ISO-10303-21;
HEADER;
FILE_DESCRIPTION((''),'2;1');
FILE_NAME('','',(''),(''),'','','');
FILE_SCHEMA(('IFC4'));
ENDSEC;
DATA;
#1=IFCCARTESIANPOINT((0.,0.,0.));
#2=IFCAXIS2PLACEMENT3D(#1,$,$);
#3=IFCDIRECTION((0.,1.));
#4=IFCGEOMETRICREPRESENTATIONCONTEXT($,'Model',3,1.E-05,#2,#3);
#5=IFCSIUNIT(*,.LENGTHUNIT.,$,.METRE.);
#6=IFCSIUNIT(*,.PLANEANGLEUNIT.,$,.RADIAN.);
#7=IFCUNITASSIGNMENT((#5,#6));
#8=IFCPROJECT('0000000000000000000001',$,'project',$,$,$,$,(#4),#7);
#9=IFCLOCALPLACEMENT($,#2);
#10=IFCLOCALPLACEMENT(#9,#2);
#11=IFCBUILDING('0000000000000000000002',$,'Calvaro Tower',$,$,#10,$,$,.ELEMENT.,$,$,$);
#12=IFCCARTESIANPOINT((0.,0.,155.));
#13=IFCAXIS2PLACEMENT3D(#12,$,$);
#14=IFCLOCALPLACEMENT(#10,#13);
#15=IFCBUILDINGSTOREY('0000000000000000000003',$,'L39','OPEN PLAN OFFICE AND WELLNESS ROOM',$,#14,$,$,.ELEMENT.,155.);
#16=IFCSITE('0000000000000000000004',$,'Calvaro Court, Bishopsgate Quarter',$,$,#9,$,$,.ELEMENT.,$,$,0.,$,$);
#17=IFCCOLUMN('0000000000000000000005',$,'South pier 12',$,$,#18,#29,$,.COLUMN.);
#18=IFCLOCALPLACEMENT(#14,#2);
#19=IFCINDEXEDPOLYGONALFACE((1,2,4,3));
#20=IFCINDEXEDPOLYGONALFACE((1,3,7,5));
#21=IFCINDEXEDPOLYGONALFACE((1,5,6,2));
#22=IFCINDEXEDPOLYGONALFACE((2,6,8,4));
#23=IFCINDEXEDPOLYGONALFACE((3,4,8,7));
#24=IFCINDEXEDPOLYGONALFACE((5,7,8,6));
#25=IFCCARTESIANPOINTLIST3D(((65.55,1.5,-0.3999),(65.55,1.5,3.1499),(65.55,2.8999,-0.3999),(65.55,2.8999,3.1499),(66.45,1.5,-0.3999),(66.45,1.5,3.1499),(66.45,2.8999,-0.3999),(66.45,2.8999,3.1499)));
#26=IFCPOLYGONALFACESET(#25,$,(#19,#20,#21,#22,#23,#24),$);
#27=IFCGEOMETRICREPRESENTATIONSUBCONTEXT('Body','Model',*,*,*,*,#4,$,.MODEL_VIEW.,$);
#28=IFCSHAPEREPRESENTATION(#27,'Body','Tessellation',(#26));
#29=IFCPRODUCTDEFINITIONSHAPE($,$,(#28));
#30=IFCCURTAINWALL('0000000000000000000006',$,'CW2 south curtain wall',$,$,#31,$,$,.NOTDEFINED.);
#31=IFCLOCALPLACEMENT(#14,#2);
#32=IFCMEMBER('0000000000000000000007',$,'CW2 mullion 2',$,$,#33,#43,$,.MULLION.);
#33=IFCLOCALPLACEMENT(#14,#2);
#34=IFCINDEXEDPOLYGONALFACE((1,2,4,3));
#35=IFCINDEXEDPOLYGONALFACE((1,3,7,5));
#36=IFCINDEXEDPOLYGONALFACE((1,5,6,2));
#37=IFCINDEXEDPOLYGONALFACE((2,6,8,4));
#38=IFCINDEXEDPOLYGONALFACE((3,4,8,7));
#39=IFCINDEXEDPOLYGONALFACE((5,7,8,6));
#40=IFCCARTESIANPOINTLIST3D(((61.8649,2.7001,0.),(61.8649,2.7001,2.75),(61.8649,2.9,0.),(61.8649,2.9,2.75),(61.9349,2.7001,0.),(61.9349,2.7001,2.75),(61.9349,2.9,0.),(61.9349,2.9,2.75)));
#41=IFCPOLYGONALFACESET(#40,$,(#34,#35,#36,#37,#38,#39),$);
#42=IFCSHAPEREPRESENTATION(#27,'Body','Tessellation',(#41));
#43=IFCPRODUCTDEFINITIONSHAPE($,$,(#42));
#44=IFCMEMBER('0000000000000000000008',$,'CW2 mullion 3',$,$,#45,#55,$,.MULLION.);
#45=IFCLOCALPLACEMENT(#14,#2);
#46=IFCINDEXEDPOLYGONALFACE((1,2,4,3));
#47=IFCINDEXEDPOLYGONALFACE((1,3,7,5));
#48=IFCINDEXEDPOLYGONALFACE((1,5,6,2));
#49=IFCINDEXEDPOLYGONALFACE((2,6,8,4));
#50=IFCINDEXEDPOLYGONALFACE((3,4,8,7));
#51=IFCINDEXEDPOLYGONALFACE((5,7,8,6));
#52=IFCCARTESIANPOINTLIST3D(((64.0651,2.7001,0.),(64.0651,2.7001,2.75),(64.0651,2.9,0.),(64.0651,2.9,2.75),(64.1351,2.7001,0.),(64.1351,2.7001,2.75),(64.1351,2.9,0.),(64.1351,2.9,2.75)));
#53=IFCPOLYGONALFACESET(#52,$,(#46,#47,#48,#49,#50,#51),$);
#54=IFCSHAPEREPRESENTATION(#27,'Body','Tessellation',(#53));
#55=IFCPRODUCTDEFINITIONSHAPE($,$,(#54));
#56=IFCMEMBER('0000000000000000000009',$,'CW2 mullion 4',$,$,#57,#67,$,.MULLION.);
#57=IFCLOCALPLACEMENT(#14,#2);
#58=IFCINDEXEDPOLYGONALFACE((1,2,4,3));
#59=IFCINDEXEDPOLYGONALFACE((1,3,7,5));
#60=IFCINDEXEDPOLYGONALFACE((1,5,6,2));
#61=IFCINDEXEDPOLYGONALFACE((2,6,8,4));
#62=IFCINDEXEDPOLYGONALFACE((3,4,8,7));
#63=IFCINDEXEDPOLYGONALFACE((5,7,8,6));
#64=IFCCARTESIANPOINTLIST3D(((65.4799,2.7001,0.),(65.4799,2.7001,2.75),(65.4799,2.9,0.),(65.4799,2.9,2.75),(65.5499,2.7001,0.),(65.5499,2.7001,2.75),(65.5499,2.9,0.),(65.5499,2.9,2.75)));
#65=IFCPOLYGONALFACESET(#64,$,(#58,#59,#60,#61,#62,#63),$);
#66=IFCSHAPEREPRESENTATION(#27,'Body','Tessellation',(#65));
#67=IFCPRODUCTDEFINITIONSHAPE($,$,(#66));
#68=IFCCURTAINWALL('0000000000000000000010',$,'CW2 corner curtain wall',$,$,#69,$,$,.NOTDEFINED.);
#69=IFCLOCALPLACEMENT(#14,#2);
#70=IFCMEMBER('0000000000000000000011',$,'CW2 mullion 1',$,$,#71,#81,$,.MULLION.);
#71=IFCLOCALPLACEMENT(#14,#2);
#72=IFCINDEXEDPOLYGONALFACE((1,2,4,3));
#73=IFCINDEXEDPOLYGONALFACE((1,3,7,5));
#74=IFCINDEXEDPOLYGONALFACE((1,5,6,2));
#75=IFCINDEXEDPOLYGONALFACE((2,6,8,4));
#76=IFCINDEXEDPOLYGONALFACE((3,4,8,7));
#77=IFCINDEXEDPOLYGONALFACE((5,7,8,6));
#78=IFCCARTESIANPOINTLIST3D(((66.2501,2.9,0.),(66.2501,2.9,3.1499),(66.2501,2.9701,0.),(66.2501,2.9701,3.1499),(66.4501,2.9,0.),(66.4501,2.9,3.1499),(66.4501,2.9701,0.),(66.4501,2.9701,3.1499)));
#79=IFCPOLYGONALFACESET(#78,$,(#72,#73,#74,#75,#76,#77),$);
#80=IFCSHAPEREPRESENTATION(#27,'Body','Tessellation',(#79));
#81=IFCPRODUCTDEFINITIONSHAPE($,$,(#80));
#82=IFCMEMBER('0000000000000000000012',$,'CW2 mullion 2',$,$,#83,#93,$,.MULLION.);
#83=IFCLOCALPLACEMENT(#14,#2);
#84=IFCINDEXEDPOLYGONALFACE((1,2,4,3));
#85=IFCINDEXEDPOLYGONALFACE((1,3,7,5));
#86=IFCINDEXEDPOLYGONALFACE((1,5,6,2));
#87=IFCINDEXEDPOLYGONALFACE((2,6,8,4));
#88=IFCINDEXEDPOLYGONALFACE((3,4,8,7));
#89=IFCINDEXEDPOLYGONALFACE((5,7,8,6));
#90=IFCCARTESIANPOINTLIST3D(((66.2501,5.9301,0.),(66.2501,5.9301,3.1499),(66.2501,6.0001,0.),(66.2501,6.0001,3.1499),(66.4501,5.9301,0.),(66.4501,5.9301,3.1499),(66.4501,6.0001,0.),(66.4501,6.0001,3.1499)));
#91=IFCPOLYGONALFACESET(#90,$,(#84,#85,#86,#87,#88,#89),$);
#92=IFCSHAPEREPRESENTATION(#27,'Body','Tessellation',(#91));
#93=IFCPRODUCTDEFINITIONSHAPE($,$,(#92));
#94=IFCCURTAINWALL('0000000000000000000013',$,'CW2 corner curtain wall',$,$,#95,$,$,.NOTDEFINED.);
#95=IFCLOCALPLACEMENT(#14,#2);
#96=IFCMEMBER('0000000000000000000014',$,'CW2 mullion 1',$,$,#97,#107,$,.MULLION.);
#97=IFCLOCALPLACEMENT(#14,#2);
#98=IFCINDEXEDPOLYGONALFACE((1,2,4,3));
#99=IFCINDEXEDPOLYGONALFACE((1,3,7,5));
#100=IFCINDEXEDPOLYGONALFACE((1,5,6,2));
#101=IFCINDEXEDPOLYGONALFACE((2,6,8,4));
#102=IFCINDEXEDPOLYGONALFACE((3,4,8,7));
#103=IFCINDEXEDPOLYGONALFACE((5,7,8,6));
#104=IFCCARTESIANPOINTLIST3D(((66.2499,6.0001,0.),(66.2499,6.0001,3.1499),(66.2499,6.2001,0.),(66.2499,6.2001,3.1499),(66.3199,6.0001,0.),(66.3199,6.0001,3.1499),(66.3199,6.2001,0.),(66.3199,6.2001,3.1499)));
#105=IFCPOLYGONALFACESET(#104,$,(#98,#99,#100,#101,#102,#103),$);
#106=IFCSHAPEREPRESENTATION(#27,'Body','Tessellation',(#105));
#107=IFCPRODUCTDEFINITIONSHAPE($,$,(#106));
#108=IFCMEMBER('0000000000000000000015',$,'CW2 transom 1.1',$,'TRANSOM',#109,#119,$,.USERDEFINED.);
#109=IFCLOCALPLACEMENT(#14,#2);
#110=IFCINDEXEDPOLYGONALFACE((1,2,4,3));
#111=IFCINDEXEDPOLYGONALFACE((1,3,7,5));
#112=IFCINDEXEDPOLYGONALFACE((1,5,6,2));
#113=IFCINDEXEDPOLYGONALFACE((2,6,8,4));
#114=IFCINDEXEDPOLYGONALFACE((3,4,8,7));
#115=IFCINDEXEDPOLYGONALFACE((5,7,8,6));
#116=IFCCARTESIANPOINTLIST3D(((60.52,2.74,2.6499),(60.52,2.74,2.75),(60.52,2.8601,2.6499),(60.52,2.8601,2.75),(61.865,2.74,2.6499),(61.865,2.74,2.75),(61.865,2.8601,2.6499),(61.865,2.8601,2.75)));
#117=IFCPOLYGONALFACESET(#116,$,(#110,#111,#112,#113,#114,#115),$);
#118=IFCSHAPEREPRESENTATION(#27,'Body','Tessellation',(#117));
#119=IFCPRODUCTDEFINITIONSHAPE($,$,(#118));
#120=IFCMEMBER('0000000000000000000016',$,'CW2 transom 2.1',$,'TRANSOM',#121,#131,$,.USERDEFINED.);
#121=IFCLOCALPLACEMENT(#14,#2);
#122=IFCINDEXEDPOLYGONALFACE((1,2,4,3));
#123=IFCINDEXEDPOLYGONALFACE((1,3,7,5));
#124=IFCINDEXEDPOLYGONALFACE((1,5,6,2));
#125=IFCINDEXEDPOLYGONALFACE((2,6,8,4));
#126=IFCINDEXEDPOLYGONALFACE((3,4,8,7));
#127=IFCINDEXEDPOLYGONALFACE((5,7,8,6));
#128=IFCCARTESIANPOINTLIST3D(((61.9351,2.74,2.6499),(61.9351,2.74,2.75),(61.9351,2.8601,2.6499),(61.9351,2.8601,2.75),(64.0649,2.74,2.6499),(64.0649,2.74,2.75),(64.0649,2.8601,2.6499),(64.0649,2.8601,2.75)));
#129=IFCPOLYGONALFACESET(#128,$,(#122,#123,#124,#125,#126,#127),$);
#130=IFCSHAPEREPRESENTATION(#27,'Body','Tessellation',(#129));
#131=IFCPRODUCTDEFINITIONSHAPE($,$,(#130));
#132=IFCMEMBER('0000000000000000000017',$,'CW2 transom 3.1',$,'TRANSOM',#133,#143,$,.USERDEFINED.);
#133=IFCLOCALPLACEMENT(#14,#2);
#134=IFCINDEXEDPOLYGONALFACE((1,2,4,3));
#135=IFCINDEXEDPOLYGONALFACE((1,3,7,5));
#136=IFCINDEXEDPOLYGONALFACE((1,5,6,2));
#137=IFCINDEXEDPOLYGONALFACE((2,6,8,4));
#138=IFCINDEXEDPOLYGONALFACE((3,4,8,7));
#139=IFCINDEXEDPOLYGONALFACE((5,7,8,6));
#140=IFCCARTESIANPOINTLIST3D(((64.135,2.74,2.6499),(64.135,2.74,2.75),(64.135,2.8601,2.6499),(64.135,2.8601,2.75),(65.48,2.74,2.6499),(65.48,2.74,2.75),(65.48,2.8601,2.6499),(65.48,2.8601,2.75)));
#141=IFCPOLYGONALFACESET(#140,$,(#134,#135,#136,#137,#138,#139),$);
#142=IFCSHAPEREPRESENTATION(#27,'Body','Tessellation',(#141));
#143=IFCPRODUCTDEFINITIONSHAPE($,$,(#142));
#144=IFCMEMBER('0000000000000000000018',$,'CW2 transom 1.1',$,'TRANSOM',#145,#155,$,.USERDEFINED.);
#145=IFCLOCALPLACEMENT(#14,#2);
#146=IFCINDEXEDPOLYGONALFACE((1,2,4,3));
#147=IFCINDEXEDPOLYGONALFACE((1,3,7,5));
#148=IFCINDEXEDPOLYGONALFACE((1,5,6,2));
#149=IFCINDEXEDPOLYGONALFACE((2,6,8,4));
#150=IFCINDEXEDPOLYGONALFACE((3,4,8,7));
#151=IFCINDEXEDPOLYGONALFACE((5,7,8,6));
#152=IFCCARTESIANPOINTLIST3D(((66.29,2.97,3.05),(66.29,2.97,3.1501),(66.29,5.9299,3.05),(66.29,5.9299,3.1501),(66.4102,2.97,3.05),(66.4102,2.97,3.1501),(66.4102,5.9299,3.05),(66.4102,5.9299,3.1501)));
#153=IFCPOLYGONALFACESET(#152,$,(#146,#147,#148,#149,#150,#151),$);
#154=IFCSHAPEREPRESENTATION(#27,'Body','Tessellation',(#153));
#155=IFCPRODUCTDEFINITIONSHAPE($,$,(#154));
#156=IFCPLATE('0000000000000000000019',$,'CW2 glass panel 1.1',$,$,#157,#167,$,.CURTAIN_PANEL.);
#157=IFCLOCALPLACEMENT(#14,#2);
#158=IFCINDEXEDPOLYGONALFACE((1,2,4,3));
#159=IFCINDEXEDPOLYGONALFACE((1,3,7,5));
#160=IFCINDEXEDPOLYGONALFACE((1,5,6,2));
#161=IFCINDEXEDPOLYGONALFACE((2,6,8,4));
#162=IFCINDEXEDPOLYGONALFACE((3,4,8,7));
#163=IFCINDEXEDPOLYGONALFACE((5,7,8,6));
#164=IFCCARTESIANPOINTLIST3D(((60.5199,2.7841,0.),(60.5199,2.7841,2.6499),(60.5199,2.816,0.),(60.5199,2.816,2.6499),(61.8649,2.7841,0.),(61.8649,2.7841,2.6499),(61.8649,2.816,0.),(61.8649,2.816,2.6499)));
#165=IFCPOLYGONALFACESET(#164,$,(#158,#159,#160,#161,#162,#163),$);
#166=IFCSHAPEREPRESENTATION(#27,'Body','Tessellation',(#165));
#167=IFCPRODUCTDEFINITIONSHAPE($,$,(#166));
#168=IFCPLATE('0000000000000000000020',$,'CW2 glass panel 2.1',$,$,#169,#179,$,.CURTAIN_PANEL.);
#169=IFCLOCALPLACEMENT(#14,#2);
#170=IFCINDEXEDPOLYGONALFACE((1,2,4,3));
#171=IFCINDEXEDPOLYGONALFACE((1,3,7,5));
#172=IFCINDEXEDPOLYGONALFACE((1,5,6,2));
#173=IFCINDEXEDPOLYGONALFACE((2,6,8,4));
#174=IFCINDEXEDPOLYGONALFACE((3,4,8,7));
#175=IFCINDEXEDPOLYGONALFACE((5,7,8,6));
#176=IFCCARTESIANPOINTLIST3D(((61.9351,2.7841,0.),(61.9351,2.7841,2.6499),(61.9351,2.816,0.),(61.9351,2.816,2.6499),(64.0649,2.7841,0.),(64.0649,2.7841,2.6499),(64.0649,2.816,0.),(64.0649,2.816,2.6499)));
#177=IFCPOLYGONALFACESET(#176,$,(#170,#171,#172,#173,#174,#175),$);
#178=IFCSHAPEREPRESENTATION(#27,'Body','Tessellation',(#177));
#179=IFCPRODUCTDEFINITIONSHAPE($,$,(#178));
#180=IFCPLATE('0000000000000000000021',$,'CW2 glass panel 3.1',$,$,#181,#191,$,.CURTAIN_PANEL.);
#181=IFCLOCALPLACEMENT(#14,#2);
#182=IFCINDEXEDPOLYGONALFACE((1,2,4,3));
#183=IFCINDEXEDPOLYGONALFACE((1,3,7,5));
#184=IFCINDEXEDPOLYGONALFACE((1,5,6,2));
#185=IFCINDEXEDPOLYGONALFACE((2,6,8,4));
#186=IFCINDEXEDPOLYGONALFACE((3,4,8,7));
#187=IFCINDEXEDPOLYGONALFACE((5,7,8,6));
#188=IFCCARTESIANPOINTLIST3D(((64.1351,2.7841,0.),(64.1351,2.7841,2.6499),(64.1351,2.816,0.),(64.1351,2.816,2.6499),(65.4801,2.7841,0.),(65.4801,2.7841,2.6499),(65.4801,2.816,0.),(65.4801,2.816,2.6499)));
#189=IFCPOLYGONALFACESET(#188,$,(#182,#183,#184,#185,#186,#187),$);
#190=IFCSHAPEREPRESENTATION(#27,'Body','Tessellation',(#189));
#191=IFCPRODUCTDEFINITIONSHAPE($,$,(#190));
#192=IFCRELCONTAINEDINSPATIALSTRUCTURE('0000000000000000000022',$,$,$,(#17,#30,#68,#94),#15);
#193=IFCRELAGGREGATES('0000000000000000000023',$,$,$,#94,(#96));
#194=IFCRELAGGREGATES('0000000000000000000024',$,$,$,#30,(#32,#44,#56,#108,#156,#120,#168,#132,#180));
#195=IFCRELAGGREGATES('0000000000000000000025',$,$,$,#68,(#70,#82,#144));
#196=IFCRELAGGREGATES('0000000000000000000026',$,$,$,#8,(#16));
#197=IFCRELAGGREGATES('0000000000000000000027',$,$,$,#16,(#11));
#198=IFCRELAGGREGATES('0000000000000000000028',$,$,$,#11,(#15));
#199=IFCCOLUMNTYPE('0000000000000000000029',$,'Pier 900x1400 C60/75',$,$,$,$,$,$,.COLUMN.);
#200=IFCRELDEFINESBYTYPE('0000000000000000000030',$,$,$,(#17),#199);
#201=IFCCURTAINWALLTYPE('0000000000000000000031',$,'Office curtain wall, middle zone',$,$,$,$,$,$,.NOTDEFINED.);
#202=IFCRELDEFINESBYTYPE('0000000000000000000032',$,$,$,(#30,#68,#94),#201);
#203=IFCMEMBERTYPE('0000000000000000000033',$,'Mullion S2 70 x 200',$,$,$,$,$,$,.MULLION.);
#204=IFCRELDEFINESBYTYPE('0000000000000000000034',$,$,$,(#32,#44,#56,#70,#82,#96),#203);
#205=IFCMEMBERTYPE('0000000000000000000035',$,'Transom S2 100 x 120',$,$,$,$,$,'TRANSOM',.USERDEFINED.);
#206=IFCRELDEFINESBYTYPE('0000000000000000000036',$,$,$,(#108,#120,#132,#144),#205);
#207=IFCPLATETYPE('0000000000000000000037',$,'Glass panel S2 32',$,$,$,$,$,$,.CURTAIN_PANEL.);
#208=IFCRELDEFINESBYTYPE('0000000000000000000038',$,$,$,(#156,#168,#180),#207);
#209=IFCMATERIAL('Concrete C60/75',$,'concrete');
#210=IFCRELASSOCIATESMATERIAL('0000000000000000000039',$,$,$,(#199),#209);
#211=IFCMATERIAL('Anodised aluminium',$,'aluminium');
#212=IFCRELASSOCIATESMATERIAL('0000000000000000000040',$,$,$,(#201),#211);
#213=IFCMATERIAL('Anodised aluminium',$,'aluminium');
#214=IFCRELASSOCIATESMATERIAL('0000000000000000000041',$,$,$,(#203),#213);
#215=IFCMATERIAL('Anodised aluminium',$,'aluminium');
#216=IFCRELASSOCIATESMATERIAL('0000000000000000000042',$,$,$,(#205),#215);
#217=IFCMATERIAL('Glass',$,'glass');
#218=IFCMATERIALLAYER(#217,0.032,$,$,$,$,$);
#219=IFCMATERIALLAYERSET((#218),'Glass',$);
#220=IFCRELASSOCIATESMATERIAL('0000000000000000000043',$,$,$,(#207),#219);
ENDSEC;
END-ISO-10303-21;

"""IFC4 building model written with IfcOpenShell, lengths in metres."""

from ifc_helpers import new_model, si_unit, direction, frame, origin, origin_2d, place, context, subcontext, project, spatial, rectangle, extrude, material, layer, layer_set, material_profile, profile_set, type_object, element, aggregate, save


model = new_model("IFC4")

# Units and contexts
model_context = context("Model", 3, precision=1e-05, world=origin(), true_north=direction((0.0, 1.0)))
body_context = subcontext(model_context, "Body", "Model", "MODEL_VIEW")
ifc_project = project(units=[si_unit("LENGTHUNIT", "METRE"), si_unit("PLANEANGLEUNIT", "RADIAN")], contexts=[model_context])

# Site, building, storey
site_placement = place(None, origin())
site = spatial("IfcSite", under=ifc_project, at=site_placement, Name="Calvaro Court, Bishopsgate Quarter", CompositionType="ELEMENT", RefElevation=0.0)
building_placement = place(site_placement, origin())
building = spatial("IfcBuilding", under=site, at=building_placement, Name="Calvaro Tower", CompositionType="ELEMENT")
storey_placement = place(building_placement, frame((0.0, 0.0, 155.0)))
storey = spatial("IfcBuildingStorey", under=building, at=storey_placement, Name="L39", Description="OPEN PLAN OFFICE AND WELLNESS ROOM", CompositionType="ELEMENT", Elevation=155.0)

# Column
ifc_material_1 = material(Name="Concrete C60/75", Category="concrete")
ifc_material_profile_1 = material_profile(ifc_material_1, rectangle(XDim=0.8999, YDim=1.3999, at=origin_2d()), Name="RC 900x1400")
ifc_profile_set_1 = profile_set([ifc_material_profile_1], Name="Concrete C60/75")
column_type = type_object("IfcColumnType", Name="Pier 900x1400 C60/75", PredefinedType="COLUMN", material=ifc_profile_set_1)
column_placement = place(storey_placement, frame((66.0, 2.2, -0.3999), z_axis=(0.0, 0.0, 1.0), x_axis=(1.0, 0.0, 0.0)))
element("IfcColumn", 1, at=column_placement, inside=storey, type_object=column_type, Name="South pier 12", PredefinedType="COLUMN", context=body_context, shape_type="SweptSolid", body=[
    extrude(rectangle(XDim=0.8999, YDim=1.3999, at=origin_2d()), origin(), (0.0, 0.0, 1.0), 3.5498),
])

# Curtain walls, members
ifc_material_2 = material(Name="Anodised aluminium", Category="aluminium")
curtain_wall_type = type_object("IfcCurtainWallType", Name="Office curtain wall, middle zone", PredefinedType="NOTDEFINED", material=ifc_material_2)
curtain_wall_1_placement = place(storey_placement, origin())
curtain_wall_1 = element("IfcCurtainWall", 2, at=curtain_wall_1_placement, inside=storey, type_object=curtain_wall_type, Name="CW2 south curtain wall", PredefinedType="NOTDEFINED")
ifc_material_3 = material(Name="Anodised aluminium", Category="aluminium")
ifc_material_profile_2 = material_profile(ifc_material_3, rectangle(XDim=0.2, YDim=0.0701, at=origin_2d()), Name="Mullion S2 70 x 200")
ifc_profile_set_2 = profile_set([ifc_material_profile_2], Name="Anodised aluminium")
member_type_1 = type_object("IfcMemberType", Name="Mullion S2 70 x 200", PredefinedType="MULLION", material=ifc_profile_set_2)
member_1_placement = place(storey_placement, frame((61.8999, 2.8, 0.0), z_axis=(0.0, 0.0, 1.0), x_axis=(0.0, 1.0, 0.0)))
member_1 = element("IfcMember", 3, at=member_1_placement, type_object=member_type_1, Name="CW2 mullion 2", PredefinedType="MULLION", context=body_context, shape_type="SweptSolid", body=[
    extrude(rectangle(XDim=0.2, YDim=0.0701, at=origin_2d()), origin(), (0.0, 0.0, 1.0), 2.75),
])
member_2_placement = place(storey_placement, frame((64.1001, 2.8, 0.0), z_axis=(0.0, 0.0, 1.0), x_axis=(0.0, 1.0, 0.0)))
member_2 = element("IfcMember", 4, at=member_2_placement, type_object=member_type_1, Name="CW2 mullion 3", PredefinedType="MULLION", context=body_context, shape_type="SweptSolid", body=[
    extrude(rectangle(XDim=0.2, YDim=0.0701, at=origin_2d()), origin(), (0.0, 0.0, 1.0), 2.75),
])
member_3_placement = place(storey_placement, frame((65.5149, 2.8, 0.0), z_axis=(0.0, 0.0, 1.0), x_axis=(0.0, 1.0, 0.0)))
member_3 = element("IfcMember", 5, at=member_3_placement, type_object=member_type_1, Name="CW2 mullion 4", PredefinedType="MULLION", context=body_context, shape_type="SweptSolid", body=[
    extrude(rectangle(XDim=0.2, YDim=0.0701, at=origin_2d()), origin(), (0.0, 0.0, 1.0), 2.75),
])
curtain_wall_2_placement = place(storey_placement, origin())
curtain_wall_2 = element("IfcCurtainWall", 6, at=curtain_wall_2_placement, inside=storey, type_object=curtain_wall_type, Name="CW2 corner curtain wall", PredefinedType="NOTDEFINED")
member_4_placement = place(storey_placement, frame((66.3501, 2.9351, 0.0), z_axis=(0.0, 0.0, 1.0), x_axis=(-1.0, 0.0, 0.0)))
member_4 = element("IfcMember", 7, at=member_4_placement, type_object=member_type_1, Name="CW2 mullion 1", PredefinedType="MULLION", context=body_context, shape_type="SweptSolid", body=[
    extrude(rectangle(XDim=0.2, YDim=0.0701, at=origin_2d()), origin(), (0.0, 0.0, 1.0), 3.1499),
])
member_5_placement = place(storey_placement, frame((66.3501, 5.9651, 0.0), z_axis=(0.0, 0.0, 1.0), x_axis=(-1.0, 0.0, 0.0)))
member_5 = element("IfcMember", 8, at=member_5_placement, type_object=member_type_1, Name="CW2 mullion 2", PredefinedType="MULLION", context=body_context, shape_type="SweptSolid", body=[
    extrude(rectangle(XDim=0.2, YDim=0.0701, at=origin_2d()), origin(), (0.0, 0.0, 1.0), 3.1499),
])

# Curtain wall, member
curtain_wall_3_placement = place(storey_placement, origin())
curtain_wall_3 = element("IfcCurtainWall", 9, at=curtain_wall_3_placement, inside=storey, type_object=curtain_wall_type, Name="CW2 corner curtain wall", PredefinedType="NOTDEFINED")
member_6_placement = place(storey_placement, frame((66.2849, 6.1001, 0.0), z_axis=(0.0, 0.0, 1.0), x_axis=(0.0, 1.0, 0.0)))
member_6 = element("IfcMember", 10, at=member_6_placement, type_object=member_type_1, Name="CW2 mullion 1", PredefinedType="MULLION", context=body_context, shape_type="SweptSolid", body=[
    extrude(rectangle(XDim=0.2, YDim=0.0701, at=origin_2d()), origin(), (0.0, 0.0, 1.0), 3.1499),
])
aggregate(curtain_wall_3, [member_6])

# Members
ifc_material_4 = material(Name="Anodised aluminium", Category="aluminium")
ifc_material_profile_3 = material_profile(ifc_material_4, rectangle(XDim=0.1201, YDim=0.1001, at=origin_2d()), Name="Transom S2 100 x 120")
ifc_profile_set_3 = profile_set([ifc_material_profile_3], Name="Anodised aluminium")
member_type_2 = type_object("IfcMemberType", Name="Transom S2 100 x 120", ElementType="TRANSOM", PredefinedType="USERDEFINED", material=ifc_profile_set_3)
member_7_placement = place(storey_placement, frame((60.52, 2.8, 2.7), z_axis=(1.0, 0.0, 0.0), x_axis=(0.0, 1.0, 0.0)))
member_7 = element("IfcMember", 11, at=member_7_placement, type_object=member_type_2, Name="CW2 transom 1.1", ObjectType="TRANSOM", PredefinedType="USERDEFINED", context=body_context, shape_type="SweptSolid", body=[
    extrude(rectangle(XDim=0.1201, YDim=0.1001, at=origin_2d()), origin(), (0.0, 0.0, 1.0), 1.345),
])
member_8_placement = place(storey_placement, frame((61.9351, 2.8, 2.7), z_axis=(1.0, 0.0, 0.0), x_axis=(0.0, 1.0, 0.0)))
member_8 = element("IfcMember", 12, at=member_8_placement, type_object=member_type_2, Name="CW2 transom 2.1", ObjectType="TRANSOM", PredefinedType="USERDEFINED", context=body_context, shape_type="SweptSolid", body=[
    extrude(rectangle(XDim=0.1201, YDim=0.1001, at=origin_2d()), origin(), (0.0, 0.0, 1.0), 2.1299),
])
member_9_placement = place(storey_placement, frame((64.135, 2.8, 2.7), z_axis=(1.0, 0.0, 0.0), x_axis=(0.0, 1.0, 0.0)))
member_9 = element("IfcMember", 13, at=member_9_placement, type_object=member_type_2, Name="CW2 transom 3.1", ObjectType="TRANSOM", PredefinedType="USERDEFINED", context=body_context, shape_type="SweptSolid", body=[
    extrude(rectangle(XDim=0.1201, YDim=0.1001, at=origin_2d()), origin(), (0.0, 0.0, 1.0), 1.345),
])
member_10_placement = place(storey_placement, frame((66.3501, 2.97, 3.1001), z_axis=(0.0, 1.0, 0.0), x_axis=(-1.0, 0.0, 0.0)))
member_10 = element("IfcMember", 14, at=member_10_placement, type_object=member_type_2, Name="CW2 transom 1.1", ObjectType="TRANSOM", PredefinedType="USERDEFINED", context=body_context, shape_type="SweptSolid", body=[
    extrude(rectangle(XDim=0.1201, YDim=0.1001, at=origin_2d()), origin(), (0.0, 0.0, 1.0), 2.96),
])

# Plates
ifc_material_5 = material(Name="Glass", Category="glass")
ifc_layer_1 = layer(ifc_material_5, 0.032)
ifc_layer_set_1 = layer_set([ifc_layer_1], Name="Glass")
plate_type = type_object("IfcPlateType", Name="Glass panel S2 32", PredefinedType="CURTAIN_PANEL", material=ifc_layer_set_1)
plate_1_placement = place(storey_placement, frame((61.1924, 2.8, 0.0), z_axis=(0.0, 0.0, 1.0), x_axis=(1.0, 0.0, 0.0)))
plate_1 = element("IfcPlate", 15, at=plate_1_placement, type_object=plate_type, Name="CW2 glass panel 1.1", PredefinedType="CURTAIN_PANEL", context=body_context, shape_type="SweptSolid", body=[
    extrude(rectangle(XDim=1.345, YDim=0.032, at=origin_2d()), origin(), (0.0, 0.0, 1.0), 2.6499),
])
plate_2_placement = place(storey_placement, frame((63.0, 2.8, 0.0), z_axis=(0.0, 0.0, 1.0), x_axis=(1.0, 0.0, 0.0)))
plate_2 = element("IfcPlate", 16, at=plate_2_placement, type_object=plate_type, Name="CW2 glass panel 2.1", PredefinedType="CURTAIN_PANEL", context=body_context, shape_type="SweptSolid", body=[
    extrude(rectangle(XDim=2.1299, YDim=0.032, at=origin_2d()), origin(), (0.0, 0.0, 1.0), 2.6499),
])
plate_3_placement = place(storey_placement, frame((64.8076, 2.8, 0.0), z_axis=(0.0, 0.0, 1.0), x_axis=(1.0, 0.0, 0.0)))
plate_3 = element("IfcPlate", 17, at=plate_3_placement, type_object=plate_type, Name="CW2 glass panel 3.1", PredefinedType="CURTAIN_PANEL", context=body_context, shape_type="SweptSolid", body=[
    extrude(rectangle(XDim=1.345, YDim=0.032, at=origin_2d()), origin(), (0.0, 0.0, 1.0), 2.6499),
])
aggregate(curtain_wall_1, [member_1, member_2, member_3, member_7, plate_1, member_8, plate_2, member_9, plate_3])
aggregate(curtain_wall_2, [member_4, member_5, member_10])

save(model, "model.ifc")
